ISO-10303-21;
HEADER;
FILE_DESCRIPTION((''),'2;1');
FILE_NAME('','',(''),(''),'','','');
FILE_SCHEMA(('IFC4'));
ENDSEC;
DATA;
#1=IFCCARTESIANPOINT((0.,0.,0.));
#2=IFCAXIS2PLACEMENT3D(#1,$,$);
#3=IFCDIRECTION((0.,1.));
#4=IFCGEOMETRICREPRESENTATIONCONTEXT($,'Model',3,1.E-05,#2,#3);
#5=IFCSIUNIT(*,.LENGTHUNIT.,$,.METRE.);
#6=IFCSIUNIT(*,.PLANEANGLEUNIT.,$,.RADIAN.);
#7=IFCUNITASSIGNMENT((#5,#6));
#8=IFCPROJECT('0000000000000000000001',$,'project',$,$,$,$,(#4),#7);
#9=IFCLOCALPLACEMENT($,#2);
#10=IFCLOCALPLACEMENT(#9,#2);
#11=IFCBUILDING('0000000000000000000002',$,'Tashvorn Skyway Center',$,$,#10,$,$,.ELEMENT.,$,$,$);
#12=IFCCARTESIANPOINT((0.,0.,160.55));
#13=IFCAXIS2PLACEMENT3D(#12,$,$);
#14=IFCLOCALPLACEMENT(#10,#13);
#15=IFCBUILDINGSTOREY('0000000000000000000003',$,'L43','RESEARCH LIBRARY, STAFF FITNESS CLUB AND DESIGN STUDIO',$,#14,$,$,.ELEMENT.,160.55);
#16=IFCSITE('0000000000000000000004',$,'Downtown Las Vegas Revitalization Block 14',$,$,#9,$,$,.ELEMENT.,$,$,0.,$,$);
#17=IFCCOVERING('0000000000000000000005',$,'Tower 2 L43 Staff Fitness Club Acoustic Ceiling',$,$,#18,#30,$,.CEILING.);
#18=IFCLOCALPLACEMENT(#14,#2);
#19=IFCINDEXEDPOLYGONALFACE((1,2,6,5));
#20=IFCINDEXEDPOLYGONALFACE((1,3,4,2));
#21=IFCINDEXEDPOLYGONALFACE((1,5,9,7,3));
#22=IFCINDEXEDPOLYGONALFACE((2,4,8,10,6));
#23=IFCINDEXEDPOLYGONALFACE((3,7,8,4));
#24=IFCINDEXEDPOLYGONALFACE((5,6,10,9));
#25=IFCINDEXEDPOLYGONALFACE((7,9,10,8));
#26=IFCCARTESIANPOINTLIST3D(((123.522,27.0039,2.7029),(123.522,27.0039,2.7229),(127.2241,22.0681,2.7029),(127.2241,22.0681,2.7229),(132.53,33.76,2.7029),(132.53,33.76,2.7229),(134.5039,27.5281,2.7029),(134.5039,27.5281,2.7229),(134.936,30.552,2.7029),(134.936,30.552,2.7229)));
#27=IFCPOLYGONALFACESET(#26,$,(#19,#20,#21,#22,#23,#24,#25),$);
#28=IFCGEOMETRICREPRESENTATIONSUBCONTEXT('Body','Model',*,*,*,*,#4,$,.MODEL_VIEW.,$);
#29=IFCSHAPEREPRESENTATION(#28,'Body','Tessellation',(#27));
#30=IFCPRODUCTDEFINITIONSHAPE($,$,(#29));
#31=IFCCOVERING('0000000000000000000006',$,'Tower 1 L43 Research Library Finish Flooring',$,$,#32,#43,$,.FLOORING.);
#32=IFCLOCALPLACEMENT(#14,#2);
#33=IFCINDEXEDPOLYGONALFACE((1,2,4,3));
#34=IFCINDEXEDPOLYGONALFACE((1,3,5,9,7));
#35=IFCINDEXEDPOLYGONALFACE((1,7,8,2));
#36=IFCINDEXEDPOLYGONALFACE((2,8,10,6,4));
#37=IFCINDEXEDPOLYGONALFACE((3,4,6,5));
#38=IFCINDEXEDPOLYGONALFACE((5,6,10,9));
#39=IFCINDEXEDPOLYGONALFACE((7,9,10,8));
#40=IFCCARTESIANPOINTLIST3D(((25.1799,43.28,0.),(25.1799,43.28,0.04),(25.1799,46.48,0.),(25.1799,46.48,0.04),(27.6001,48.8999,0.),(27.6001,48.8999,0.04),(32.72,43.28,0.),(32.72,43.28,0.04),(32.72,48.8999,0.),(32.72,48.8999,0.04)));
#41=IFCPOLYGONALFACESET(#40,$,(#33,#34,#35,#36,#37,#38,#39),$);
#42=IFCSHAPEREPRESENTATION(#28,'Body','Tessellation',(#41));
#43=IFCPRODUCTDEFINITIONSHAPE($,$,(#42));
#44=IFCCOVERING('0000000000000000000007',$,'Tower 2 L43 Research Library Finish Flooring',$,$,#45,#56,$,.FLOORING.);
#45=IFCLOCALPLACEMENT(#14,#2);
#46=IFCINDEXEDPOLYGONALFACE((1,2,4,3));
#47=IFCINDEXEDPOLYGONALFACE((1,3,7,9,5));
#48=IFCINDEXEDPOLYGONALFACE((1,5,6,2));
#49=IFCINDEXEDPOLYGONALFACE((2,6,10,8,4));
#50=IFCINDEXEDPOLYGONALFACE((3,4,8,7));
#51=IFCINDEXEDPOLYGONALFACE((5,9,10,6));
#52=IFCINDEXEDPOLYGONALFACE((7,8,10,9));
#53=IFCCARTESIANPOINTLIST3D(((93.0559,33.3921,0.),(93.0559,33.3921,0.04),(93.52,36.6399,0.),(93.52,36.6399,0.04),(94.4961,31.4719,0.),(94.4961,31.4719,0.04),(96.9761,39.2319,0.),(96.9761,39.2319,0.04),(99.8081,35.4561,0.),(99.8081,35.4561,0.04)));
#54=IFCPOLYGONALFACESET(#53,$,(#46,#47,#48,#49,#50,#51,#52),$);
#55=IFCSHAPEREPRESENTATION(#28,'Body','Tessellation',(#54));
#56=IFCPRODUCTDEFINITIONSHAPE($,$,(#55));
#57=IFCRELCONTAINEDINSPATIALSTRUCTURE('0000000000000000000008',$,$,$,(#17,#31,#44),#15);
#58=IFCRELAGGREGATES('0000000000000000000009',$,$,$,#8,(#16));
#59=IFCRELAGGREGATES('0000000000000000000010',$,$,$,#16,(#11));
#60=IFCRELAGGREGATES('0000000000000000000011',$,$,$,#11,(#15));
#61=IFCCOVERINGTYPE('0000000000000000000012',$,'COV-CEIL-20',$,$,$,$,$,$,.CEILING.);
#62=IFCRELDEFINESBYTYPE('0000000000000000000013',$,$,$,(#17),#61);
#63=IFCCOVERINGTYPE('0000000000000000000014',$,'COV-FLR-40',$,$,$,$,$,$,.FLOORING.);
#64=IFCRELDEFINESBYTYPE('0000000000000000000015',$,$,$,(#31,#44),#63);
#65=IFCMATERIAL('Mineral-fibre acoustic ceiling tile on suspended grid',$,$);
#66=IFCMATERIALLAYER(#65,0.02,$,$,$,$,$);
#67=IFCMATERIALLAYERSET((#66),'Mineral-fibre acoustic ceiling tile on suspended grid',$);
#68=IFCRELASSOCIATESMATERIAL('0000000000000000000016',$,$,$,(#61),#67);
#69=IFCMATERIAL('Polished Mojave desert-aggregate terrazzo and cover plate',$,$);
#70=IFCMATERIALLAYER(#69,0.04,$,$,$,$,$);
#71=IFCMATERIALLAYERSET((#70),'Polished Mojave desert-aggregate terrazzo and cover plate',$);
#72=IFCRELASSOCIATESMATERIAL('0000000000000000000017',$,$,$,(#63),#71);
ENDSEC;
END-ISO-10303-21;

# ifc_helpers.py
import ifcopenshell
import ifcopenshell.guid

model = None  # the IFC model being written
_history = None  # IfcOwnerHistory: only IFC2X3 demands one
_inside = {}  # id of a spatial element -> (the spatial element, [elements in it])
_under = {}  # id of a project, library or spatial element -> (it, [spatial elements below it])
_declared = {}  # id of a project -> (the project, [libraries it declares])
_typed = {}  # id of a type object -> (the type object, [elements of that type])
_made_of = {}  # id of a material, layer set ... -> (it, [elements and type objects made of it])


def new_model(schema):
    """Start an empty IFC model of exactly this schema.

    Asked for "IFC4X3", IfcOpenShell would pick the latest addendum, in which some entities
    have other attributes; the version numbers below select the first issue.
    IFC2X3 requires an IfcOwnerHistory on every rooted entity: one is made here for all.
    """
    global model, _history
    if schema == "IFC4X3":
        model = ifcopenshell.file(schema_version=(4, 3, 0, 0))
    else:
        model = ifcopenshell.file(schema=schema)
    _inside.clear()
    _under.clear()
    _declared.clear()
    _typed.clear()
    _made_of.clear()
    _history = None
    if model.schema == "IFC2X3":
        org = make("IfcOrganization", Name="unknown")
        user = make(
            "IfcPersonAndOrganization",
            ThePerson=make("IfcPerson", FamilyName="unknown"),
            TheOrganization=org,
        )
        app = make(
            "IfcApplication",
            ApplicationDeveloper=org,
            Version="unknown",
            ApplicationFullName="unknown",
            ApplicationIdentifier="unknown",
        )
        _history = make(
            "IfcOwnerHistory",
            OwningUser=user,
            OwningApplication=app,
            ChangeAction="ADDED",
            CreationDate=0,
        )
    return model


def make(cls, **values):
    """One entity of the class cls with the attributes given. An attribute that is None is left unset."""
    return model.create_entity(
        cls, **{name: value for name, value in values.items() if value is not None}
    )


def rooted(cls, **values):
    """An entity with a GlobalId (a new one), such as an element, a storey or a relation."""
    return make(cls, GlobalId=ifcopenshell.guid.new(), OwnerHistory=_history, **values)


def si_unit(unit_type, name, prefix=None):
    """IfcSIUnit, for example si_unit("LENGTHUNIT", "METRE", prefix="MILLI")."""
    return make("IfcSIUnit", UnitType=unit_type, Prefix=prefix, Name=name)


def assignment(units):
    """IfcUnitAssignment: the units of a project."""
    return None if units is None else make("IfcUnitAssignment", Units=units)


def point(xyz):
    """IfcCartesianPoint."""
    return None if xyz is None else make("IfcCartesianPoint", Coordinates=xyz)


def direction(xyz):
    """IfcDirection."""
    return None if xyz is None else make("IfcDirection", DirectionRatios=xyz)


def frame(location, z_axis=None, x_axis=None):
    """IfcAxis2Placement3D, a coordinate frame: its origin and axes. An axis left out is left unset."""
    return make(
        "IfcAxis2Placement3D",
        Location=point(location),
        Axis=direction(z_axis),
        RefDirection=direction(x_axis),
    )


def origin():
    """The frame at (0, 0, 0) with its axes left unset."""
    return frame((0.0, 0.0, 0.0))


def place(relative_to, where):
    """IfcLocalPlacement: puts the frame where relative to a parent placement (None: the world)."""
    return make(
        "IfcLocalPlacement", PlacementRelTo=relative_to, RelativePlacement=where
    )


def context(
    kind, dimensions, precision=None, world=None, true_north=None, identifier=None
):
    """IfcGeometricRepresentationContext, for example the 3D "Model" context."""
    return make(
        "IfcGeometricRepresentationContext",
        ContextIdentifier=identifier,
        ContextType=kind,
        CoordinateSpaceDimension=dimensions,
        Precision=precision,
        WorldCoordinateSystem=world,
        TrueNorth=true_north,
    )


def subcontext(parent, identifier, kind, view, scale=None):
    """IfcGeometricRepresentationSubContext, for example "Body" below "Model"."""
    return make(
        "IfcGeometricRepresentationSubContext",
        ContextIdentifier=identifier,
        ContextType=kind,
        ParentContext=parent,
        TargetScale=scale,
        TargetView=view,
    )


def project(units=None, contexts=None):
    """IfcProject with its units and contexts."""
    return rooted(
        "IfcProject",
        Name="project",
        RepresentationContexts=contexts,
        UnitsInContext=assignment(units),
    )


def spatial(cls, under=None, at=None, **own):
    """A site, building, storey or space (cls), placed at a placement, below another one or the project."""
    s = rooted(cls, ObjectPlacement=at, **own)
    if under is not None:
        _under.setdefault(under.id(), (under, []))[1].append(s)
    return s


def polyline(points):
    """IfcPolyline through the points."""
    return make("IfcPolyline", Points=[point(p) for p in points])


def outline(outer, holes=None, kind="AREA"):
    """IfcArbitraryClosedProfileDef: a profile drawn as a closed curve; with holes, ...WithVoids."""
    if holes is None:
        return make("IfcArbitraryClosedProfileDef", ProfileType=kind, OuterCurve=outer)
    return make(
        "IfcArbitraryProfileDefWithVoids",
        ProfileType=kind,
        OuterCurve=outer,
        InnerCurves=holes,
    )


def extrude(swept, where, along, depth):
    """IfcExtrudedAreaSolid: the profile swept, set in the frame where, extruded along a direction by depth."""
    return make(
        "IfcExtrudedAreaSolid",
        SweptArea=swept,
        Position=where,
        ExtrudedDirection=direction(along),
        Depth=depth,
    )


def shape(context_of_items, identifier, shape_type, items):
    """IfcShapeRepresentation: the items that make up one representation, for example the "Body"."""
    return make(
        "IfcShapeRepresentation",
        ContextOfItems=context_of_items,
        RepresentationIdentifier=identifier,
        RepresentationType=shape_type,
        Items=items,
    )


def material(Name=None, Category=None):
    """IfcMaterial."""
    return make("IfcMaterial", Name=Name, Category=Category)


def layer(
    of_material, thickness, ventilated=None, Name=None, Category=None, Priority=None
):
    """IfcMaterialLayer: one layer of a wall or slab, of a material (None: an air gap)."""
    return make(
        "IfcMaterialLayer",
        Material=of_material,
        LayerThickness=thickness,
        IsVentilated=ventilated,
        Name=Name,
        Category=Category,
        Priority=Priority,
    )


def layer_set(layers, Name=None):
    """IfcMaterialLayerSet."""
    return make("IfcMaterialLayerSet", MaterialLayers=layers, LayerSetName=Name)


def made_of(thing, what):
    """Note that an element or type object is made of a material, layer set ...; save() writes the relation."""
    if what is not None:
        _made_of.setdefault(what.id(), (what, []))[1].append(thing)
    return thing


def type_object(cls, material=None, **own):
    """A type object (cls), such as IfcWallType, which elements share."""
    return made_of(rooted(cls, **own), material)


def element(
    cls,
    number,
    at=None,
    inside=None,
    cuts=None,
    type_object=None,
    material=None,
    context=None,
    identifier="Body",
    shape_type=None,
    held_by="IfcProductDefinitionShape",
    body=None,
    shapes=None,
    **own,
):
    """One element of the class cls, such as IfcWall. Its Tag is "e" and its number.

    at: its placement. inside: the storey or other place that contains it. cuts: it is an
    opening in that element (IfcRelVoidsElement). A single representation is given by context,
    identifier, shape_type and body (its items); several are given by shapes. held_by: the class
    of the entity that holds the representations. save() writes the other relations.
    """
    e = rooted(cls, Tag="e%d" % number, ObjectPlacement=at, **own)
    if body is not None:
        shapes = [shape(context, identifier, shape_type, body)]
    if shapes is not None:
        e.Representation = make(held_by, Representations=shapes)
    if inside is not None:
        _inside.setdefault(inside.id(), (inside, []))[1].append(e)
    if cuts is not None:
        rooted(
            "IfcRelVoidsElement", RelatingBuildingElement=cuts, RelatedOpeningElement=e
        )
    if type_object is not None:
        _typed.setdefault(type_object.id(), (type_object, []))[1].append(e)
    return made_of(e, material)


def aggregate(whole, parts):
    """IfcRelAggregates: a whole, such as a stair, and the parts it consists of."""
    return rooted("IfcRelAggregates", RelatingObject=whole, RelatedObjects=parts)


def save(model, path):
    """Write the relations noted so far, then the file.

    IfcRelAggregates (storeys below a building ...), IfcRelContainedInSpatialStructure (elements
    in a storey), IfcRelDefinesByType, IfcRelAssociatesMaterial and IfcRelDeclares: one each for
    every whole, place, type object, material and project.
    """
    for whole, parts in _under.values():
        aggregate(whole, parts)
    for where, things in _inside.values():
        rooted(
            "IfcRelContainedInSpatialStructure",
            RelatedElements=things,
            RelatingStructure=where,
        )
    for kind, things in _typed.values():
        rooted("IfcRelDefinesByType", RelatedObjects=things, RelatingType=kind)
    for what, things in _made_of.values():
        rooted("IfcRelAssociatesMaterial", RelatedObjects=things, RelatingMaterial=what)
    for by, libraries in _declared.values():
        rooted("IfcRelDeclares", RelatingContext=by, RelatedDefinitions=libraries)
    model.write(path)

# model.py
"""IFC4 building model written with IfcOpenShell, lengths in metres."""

from ifc_helpers import new_model, si_unit, direction, frame, origin, place, context, subcontext, project, spatial, polyline, outline, extrude, material, layer, layer_set, type_object, element, save


model = new_model("IFC4")

# Units and contexts
model_context = context("Model", 3, precision=1e-05, world=origin(), true_north=direction((0.0, 1.0)))
body_context = subcontext(model_context, "Body", "Model", "MODEL_VIEW")
ifc_project = project(units=[si_unit("LENGTHUNIT", "METRE"), si_unit("PLANEANGLEUNIT", "RADIAN")], contexts=[model_context])

# Site, building, storey
site_placement = place(None, origin())
site = spatial("IfcSite", under=ifc_project, at=site_placement, Name="Downtown Las Vegas Revitalization Block 14", CompositionType="ELEMENT", RefElevation=0.0)
building_placement = place(site_placement, origin())
building = spatial("IfcBuilding", under=site, at=building_placement, Name="Tashvorn Skyway Center", CompositionType="ELEMENT")
storey_placement = place(building_placement, frame((0.0, 0.0, 160.55)))
storey = spatial("IfcBuildingStorey", under=building, at=storey_placement, Name="L43", Description="RESEARCH LIBRARY, STAFF FITNESS CLUB AND DESIGN STUDIO", CompositionType="ELEMENT", Elevation=160.55)

# Coverings
ifc_material_1 = material(Name="Mineral-fibre acoustic ceiling tile on suspended grid")
ifc_layer_1 = layer(ifc_material_1, 0.02)
ifc_layer_set_1 = layer_set([ifc_layer_1], Name="Mineral-fibre acoustic ceiling tile on suspended grid")
covering_type_1 = type_object("IfcCoveringType", Name="COV-CEIL-20", PredefinedType="CEILING", material=ifc_layer_set_1)
covering_1_placement = place(storey_placement, frame((0.0, 0.0, 2.7029)))
element("IfcCovering", 1, at=covering_1_placement, inside=storey, type_object=covering_type_1, Name="Tower 2 L43 Staff Fitness Club Acoustic Ceiling", PredefinedType="CEILING", context=body_context, shape_type="SweptSolid", body=[
    extrude(outline(polyline([(127.2241, 22.0681), (123.522, 27.0039), (132.53, 33.76), (134.936, 30.552), (134.5039, 27.5281), (127.2241, 22.0681)])), origin(), (0.0, 0.0, 1.0), 0.02),
])
ifc_material_2 = material(Name="Polished Mojave desert-aggregate terrazzo and cover plate")
ifc_layer_2 = layer(ifc_material_2, 0.04)
ifc_layer_set_2 = layer_set([ifc_layer_2], Name="Polished Mojave desert-aggregate terrazzo and cover plate")
covering_type_2 = type_object("IfcCoveringType", Name="COV-FLR-40", PredefinedType="FLOORING", material=ifc_layer_set_2)
covering_2_placement = place(storey_placement, origin())
element("IfcCovering", 2, at=covering_2_placement, inside=storey, type_object=covering_type_2, Name="Tower 1 L43 Research Library Finish Flooring", PredefinedType="FLOORING", context=body_context, shape_type="SweptSolid", body=[
    extrude(outline(polyline([(32.72, 43.28), (25.1799, 43.28), (25.1799, 46.48), (27.6001, 48.8999), (32.72, 48.8999), (32.72, 43.28)])), origin(), (0.0, 0.0, 1.0), 0.04),
])
covering_3_placement = place(storey_placement, origin())
element("IfcCovering", 3, at=covering_3_placement, inside=storey, type_object=covering_type_2, Name="Tower 2 L43 Research Library Finish Flooring", PredefinedType="FLOORING", context=body_context, shape_type="SweptSolid", body=[
    extrude(outline(polyline([(99.8081, 35.4561), (94.4961, 31.4719), (93.0559, 33.3921), (93.52, 36.6399), (96.9761, 39.2319), (99.8081, 35.4561)])), origin(), (0.0, 0.0, 1.0), 0.04),
])

save(model, "model.ifc")
